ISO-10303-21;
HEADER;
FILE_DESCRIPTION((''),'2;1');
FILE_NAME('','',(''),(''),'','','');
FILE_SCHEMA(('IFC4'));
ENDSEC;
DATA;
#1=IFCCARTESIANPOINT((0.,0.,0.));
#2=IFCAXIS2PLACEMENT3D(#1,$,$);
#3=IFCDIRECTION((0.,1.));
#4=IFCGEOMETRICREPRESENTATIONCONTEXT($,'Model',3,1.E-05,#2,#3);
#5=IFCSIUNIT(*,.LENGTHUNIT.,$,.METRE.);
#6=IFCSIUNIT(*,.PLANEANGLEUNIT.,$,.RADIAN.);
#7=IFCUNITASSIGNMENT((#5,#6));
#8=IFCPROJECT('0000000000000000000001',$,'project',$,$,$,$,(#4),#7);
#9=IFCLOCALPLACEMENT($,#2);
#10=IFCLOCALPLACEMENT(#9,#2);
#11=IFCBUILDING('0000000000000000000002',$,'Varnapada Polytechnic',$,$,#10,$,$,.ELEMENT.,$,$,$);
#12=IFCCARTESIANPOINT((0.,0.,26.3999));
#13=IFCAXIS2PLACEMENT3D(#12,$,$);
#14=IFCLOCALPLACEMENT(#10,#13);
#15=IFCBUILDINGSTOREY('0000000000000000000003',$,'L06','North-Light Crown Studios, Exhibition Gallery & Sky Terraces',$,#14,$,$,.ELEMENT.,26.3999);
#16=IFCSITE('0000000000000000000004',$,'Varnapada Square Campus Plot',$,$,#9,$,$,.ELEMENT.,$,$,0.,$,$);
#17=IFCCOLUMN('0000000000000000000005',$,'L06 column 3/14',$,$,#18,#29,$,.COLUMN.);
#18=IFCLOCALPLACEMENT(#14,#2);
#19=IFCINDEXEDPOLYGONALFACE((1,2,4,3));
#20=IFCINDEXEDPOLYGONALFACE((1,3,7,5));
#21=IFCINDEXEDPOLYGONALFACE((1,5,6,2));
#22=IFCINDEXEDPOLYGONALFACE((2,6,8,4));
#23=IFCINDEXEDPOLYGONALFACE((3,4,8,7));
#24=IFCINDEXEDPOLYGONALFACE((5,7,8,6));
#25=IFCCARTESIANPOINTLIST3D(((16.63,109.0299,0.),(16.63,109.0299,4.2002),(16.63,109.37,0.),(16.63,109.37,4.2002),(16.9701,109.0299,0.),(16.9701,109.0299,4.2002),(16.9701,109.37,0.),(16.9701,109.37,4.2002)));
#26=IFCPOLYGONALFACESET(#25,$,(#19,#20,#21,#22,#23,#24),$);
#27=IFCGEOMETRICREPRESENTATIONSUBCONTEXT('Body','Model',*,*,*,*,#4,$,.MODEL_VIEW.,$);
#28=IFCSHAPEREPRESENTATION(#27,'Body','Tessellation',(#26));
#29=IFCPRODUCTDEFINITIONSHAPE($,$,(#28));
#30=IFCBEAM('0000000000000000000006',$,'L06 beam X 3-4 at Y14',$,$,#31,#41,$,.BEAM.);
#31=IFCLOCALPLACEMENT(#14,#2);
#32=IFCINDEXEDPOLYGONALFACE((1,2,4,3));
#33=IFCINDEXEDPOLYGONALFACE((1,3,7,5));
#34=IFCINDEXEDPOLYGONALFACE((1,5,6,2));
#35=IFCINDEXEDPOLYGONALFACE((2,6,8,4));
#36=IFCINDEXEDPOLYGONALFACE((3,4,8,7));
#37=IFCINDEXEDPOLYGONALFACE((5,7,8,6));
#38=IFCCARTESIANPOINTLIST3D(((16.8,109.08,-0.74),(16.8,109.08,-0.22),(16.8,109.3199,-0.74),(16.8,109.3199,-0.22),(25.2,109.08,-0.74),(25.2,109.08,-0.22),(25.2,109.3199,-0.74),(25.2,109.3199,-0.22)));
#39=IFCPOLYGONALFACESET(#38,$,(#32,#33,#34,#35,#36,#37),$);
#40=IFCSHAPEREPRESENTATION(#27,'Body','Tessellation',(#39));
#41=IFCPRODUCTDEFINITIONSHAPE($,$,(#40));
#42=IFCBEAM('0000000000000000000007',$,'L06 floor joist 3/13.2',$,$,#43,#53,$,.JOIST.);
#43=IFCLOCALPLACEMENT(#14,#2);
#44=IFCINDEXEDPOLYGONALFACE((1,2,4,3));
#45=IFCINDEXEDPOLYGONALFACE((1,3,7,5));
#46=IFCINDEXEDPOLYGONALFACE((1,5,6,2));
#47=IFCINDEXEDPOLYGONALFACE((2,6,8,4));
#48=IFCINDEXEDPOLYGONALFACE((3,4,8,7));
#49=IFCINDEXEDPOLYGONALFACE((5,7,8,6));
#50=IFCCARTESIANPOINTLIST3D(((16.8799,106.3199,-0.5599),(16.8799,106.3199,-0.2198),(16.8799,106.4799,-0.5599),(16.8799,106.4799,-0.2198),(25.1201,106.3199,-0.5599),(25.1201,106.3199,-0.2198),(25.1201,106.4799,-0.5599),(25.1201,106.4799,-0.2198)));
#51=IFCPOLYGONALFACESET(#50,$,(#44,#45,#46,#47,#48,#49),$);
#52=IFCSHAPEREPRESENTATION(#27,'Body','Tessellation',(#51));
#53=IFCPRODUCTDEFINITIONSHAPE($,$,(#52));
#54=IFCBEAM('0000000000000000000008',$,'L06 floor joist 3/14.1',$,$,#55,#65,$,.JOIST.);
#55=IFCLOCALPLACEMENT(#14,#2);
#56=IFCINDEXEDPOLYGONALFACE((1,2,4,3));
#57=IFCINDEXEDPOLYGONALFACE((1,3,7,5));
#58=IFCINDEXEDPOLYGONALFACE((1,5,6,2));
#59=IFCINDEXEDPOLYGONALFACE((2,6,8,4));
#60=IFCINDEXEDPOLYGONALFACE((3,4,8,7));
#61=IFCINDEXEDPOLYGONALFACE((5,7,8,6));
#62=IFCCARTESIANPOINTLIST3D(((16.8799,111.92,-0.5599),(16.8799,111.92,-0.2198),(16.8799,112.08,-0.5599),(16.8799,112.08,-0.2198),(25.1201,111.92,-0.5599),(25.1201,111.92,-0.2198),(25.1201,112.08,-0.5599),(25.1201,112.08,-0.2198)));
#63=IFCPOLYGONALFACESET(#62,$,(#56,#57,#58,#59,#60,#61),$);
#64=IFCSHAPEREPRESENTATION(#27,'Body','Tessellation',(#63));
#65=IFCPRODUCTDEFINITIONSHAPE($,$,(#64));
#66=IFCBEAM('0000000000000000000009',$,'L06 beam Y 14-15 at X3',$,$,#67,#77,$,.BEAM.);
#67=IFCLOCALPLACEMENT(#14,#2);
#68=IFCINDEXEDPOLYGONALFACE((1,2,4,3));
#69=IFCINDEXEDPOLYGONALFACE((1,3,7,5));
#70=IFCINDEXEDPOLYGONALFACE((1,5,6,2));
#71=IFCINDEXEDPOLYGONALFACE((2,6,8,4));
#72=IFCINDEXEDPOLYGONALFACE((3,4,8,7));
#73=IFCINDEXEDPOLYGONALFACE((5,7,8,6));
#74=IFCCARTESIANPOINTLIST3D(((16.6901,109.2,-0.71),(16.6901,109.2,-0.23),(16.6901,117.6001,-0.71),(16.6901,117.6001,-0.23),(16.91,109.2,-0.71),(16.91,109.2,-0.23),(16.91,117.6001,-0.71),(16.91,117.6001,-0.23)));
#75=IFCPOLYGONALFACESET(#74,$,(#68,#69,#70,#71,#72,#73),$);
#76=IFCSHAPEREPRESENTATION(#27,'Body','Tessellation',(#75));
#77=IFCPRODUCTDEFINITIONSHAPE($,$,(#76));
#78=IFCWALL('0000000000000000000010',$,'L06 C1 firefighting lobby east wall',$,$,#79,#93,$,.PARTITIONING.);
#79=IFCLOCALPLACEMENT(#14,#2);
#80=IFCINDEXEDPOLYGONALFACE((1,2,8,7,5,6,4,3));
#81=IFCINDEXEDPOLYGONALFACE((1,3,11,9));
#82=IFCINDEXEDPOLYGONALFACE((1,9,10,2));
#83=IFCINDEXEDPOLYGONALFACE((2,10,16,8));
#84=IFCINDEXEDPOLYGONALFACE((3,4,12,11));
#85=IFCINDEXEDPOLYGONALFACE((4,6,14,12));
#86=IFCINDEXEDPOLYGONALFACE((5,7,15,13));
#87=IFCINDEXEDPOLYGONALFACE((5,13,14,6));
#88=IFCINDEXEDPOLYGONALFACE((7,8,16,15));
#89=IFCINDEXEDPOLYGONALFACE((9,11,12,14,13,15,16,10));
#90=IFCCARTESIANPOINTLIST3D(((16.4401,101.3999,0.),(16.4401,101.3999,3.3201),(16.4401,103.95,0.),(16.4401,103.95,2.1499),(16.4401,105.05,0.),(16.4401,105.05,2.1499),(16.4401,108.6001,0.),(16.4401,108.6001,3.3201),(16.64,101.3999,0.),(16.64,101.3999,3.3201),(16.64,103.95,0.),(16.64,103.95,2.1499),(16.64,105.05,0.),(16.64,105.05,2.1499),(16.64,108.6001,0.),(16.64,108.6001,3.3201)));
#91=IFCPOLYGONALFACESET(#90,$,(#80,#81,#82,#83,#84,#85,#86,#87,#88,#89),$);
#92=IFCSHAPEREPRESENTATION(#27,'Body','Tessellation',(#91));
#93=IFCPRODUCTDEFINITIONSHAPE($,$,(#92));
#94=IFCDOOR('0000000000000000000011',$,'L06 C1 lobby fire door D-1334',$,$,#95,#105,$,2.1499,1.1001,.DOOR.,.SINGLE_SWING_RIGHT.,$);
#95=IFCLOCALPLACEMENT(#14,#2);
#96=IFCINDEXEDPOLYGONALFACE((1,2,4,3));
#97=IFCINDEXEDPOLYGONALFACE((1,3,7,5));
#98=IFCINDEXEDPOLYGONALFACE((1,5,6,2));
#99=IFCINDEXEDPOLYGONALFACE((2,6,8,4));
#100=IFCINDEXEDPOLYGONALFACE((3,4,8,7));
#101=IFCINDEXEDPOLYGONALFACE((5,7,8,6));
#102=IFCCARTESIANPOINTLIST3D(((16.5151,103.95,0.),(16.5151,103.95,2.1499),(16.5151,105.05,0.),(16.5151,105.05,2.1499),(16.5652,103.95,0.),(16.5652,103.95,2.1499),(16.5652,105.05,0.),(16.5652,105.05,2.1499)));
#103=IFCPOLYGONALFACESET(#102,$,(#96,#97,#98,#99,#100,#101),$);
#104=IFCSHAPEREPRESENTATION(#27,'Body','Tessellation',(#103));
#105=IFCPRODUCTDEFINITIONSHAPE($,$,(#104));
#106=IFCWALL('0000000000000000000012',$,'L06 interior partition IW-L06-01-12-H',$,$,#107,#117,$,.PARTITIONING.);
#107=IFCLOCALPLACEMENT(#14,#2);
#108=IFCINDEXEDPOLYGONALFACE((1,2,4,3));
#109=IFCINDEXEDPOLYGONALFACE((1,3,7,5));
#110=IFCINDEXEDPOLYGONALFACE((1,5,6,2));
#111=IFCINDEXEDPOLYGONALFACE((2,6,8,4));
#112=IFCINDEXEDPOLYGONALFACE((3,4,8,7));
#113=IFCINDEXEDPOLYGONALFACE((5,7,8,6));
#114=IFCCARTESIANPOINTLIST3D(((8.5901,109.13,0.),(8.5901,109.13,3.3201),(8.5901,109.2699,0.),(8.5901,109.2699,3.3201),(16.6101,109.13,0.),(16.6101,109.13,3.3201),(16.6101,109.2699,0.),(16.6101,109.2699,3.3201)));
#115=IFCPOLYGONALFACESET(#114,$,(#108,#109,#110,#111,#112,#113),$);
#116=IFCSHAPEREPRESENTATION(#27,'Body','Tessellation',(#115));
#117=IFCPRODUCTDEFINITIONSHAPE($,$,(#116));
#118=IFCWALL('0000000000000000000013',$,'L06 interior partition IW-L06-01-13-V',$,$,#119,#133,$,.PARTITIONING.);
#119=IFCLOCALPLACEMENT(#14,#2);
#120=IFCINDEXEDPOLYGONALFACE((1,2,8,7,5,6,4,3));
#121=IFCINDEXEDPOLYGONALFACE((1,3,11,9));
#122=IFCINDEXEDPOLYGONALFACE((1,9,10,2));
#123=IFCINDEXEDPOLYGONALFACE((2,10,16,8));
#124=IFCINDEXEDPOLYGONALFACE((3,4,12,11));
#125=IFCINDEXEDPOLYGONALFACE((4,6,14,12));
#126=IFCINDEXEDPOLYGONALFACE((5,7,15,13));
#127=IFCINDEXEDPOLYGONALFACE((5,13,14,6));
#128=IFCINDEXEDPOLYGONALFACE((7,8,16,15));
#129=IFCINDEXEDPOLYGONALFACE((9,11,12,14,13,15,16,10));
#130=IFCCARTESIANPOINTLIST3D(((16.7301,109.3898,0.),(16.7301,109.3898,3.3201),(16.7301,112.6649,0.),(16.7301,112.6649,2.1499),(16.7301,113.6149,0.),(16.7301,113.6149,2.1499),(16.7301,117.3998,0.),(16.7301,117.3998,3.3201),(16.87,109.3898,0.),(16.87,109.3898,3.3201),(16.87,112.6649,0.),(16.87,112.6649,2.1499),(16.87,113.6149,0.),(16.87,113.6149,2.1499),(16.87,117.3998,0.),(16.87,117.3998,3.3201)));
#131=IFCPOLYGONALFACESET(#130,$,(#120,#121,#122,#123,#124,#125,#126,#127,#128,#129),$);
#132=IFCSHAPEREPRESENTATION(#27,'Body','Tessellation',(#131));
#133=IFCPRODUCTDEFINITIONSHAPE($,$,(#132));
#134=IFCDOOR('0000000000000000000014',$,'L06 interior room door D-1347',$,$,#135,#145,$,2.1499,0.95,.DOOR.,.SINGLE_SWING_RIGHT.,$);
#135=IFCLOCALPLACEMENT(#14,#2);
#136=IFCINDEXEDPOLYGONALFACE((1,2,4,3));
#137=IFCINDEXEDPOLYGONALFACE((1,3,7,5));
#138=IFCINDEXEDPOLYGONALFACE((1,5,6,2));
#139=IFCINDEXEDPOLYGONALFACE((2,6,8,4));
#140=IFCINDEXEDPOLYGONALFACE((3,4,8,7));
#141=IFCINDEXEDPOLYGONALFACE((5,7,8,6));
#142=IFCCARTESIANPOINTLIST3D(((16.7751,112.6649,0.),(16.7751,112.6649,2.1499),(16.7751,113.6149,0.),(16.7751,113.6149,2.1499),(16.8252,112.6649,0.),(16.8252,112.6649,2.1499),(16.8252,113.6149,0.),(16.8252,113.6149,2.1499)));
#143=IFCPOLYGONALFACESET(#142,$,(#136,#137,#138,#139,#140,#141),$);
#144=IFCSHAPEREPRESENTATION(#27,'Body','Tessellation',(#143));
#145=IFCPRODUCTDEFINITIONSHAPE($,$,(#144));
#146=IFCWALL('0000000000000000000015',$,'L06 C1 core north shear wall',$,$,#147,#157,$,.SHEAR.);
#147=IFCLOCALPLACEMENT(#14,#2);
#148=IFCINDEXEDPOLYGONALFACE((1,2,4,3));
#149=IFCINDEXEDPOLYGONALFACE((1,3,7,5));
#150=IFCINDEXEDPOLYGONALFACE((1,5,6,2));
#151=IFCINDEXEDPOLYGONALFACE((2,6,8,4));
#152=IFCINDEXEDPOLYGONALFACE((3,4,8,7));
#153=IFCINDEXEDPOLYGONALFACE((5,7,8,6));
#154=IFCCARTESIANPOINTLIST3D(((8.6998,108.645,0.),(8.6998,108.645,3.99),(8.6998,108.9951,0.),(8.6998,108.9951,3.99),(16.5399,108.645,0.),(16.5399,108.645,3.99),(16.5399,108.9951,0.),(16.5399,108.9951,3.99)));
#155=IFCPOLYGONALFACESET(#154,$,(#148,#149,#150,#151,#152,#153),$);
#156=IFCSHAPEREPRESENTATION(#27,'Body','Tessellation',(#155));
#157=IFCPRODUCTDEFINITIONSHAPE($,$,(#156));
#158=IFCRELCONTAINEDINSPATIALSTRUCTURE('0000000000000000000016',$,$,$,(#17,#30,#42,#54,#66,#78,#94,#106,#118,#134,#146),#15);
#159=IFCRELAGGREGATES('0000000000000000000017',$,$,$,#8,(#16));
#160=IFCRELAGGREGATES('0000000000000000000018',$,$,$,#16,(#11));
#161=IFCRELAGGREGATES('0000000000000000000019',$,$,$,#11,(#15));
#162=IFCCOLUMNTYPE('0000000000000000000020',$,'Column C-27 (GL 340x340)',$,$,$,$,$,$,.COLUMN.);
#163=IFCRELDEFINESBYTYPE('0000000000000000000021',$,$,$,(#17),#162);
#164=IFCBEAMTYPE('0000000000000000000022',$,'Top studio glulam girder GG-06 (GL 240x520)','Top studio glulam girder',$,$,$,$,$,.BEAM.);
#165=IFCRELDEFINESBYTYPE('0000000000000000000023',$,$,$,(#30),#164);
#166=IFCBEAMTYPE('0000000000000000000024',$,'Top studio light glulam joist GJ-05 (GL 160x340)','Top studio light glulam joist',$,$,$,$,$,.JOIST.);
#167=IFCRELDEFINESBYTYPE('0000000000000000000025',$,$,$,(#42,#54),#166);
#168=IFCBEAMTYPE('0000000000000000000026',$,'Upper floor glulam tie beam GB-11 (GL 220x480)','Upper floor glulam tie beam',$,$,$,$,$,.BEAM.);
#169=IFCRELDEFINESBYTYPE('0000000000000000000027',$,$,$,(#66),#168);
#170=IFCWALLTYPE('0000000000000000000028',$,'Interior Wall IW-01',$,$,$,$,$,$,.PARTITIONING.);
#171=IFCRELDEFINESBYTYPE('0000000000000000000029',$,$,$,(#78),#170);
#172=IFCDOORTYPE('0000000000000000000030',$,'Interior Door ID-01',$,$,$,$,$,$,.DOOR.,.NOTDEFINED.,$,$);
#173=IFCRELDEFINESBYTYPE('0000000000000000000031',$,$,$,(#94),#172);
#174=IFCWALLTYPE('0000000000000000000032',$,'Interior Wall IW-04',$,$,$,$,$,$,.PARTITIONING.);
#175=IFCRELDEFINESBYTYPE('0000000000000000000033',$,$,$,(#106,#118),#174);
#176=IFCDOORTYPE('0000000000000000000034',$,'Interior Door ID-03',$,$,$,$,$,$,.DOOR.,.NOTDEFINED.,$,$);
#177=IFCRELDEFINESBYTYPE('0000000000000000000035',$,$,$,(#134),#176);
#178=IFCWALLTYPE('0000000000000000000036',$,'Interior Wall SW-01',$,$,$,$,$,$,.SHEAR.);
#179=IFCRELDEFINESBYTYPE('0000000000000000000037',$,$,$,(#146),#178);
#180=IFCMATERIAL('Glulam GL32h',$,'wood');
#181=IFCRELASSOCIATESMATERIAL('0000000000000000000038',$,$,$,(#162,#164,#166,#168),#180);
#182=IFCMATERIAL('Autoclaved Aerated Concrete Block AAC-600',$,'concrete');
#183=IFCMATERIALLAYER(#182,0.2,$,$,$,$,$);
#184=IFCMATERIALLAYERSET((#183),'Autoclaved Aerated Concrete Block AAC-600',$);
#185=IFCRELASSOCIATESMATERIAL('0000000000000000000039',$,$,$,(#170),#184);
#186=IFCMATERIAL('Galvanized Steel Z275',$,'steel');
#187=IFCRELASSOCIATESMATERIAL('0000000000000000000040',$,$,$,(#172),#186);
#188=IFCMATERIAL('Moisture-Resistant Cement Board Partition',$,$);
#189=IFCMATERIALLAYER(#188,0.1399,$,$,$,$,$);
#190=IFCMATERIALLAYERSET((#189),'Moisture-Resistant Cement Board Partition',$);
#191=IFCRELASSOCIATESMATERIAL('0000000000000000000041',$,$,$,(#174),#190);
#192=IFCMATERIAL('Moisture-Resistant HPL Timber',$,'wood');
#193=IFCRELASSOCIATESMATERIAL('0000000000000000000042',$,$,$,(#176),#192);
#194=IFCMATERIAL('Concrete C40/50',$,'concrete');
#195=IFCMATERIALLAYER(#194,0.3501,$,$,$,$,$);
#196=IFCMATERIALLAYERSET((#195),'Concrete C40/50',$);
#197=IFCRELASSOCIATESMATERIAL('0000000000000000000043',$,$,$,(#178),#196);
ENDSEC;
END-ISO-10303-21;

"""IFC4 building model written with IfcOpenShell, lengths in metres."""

from ifc_helpers import new_model, si_unit, direction, frame, frame_2d, origin, origin_2d, place, context, subcontext, project, spatial, rectangle, extrude, material, layer, layer_set, material_profile, profile_set, type_object, element, fill, save


model = new_model("IFC4")

# Units and contexts
model_context = context("Model", 3, precision=1e-05, world=origin(), true_north=direction((0.0, 1.0)))
body_context = subcontext(model_context, "Body", "Model", "MODEL_VIEW")
ifc_project = project(units=[si_unit("LENGTHUNIT", "METRE"), si_unit("PLANEANGLEUNIT", "RADIAN")], contexts=[model_context])

# Site, building, storey
site_placement = place(None, origin())
site = spatial("IfcSite", under=ifc_project, at=site_placement, Name="Varnapada Square Campus Plot", CompositionType="ELEMENT", RefElevation=0.0)
building_placement = place(site_placement, origin())
building = spatial("IfcBuilding", under=site, at=building_placement, Name="Varnapada Polytechnic", CompositionType="ELEMENT")
storey_placement = place(building_placement, frame((0.0, 0.0, 26.3999)))
storey = spatial("IfcBuildingStorey", under=building, at=storey_placement, Name="L06", Description="North-Light Crown Studios, Exhibition Gallery & Sky Terraces", CompositionType="ELEMENT", Elevation=26.3999)

# Column
ifc_material_1 = material(Name="Glulam GL32h", Category="wood")
ifc_material_profile_1 = material_profile(ifc_material_1, rectangle(XDim=0.3401, YDim=0.3401, at=origin_2d()), Name="GL 340x340")
ifc_profile_set_1 = profile_set([ifc_material_profile_1], Name="Glulam GL32h")
column_type = type_object("IfcColumnType", Name="Column C-27 (GL 340x340)", PredefinedType="COLUMN", material=ifc_profile_set_1)
column_placement = place(storey_placement, frame((16.8, 109.2, 0.0), z_axis=(0.0, 0.0, 1.0), x_axis=(1.0, 0.0, 0.0)))
element("IfcColumn", 1, at=column_placement, inside=storey, type_object=column_type, Name="L06 column 3/14", PredefinedType="COLUMN", context=body_context, shape_type="SweptSolid", body=[
    extrude(rectangle(XDim=0.3401, YDim=0.3401, at=origin_2d()), origin(), (0.0, 0.0, 1.0), 4.2002),
])

# Beams
ifc_material_profile_2 = material_profile(ifc_material_1, rectangle(XDim=0.24, YDim=0.52, at=origin_2d()), Name="GL 240x520")
ifc_profile_set_2 = profile_set([ifc_material_profile_2], Name="Glulam GL32h")
beam_type_1 = type_object("IfcBeamType", Name="Top studio glulam girder GG-06 (GL 240x520)", Description="Top studio glulam girder", PredefinedType="BEAM", material=ifc_profile_set_2)
beam_1_placement = place(storey_placement, frame((16.8, 109.2, -0.48), z_axis=(1.0, 0.0, 0.0), x_axis=(0.0, 1.0, 0.0)))
element("IfcBeam", 2, at=beam_1_placement, inside=storey, type_object=beam_type_1, Name="L06 beam X 3-4 at Y14", PredefinedType="BEAM", context=body_context, shape_type="SweptSolid", body=[
    extrude(rectangle(XDim=0.24, YDim=0.52, at=origin_2d()), origin(), (0.0, 0.0, 1.0), 8.3999),
])
ifc_material_profile_3 = material_profile(ifc_material_1, rectangle(XDim=0.1599, YDim=0.3401, at=origin_2d()), Name="GL 160x340")
ifc_profile_set_3 = profile_set([ifc_material_profile_3], Name="Glulam GL32h")
beam_type_2 = type_object("IfcBeamType", Name="Top studio light glulam joist GJ-05 (GL 160x340)", Description="Top studio light glulam joist", PredefinedType="JOIST", material=ifc_profile_set_3)
for number, where, z_axis, x_axis, name in (
    (3, (16.8799, 106.3999, -0.3899), (1.0, 0.0, 0.0), (0.0, 1.0, 0.0), "L06 floor joist 3/13.2"),
    (4, (16.8799, 112.0, -0.3899), (1.0, 0.0, 0.0), (0.0, 1.0, 0.0), "L06 floor joist 3/14.1"),
):
    element("IfcBeam", number, at=place(storey_placement, frame(where, z_axis=z_axis, x_axis=x_axis)), inside=storey, type_object=beam_type_2, Name=name, PredefinedType="JOIST", context=body_context, shape_type="SweptSolid", body=[
        extrude(rectangle(XDim=0.1599, YDim=0.3401, at=origin_2d()), origin(), (0.0, 0.0, 1.0), 8.2402),
    ])
ifc_material_profile_4 = material_profile(ifc_material_1, rectangle(XDim=0.22, YDim=0.48, at=origin_2d()), Name="GL 220x480")
ifc_profile_set_4 = profile_set([ifc_material_profile_4], Name="Glulam GL32h")
beam_type_3 = type_object("IfcBeamType", Name="Upper floor glulam tie beam GB-11 (GL 220x480)", Description="Upper floor glulam tie beam", PredefinedType="BEAM", material=ifc_profile_set_4)
beam_2_placement = place(storey_placement, frame((16.8, 109.2, -0.47), z_axis=(0.0, 1.0, 0.0), x_axis=(-1.0, 0.0, 0.0)))
element("IfcBeam", 5, at=beam_2_placement, inside=storey, type_object=beam_type_3, Name="L06 beam Y 14-15 at X3", PredefinedType="BEAM", context=body_context, shape_type="SweptSolid", body=[
    extrude(rectangle(XDim=0.22, YDim=0.48, at=origin_2d()), origin(), (0.0, 0.0, 1.0), 8.4001),
])

# Wall, opening, door
ifc_material_2 = material(Name="Autoclaved Aerated Concrete Block AAC-600", Category="concrete")
ifc_layer_1 = layer(ifc_material_2, 0.2)
ifc_layer_set_1 = layer_set([ifc_layer_1], Name="Autoclaved Aerated Concrete Block AAC-600")
wall_type_1 = type_object("IfcWallType", Name="Interior Wall IW-01", PredefinedType="PARTITIONING", material=ifc_layer_set_1)
wall_1_placement = place(storey_placement, frame((16.54, 108.6001, 0.0), z_axis=(0.0, 0.0, 1.0), x_axis=(0.0, -1.0, 0.0)))
wall_1 = element("IfcWall", 6, at=wall_1_placement, inside=storey, type_object=wall_type_1, Name="L06 C1 firefighting lobby east wall", PredefinedType="PARTITIONING", context=body_context, shape_type="SweptSolid", body=[
    extrude(rectangle(XDim=7.2002, YDim=0.2, at=frame_2d((3.6001, 0.0))), origin(), (0.0, 0.0, 1.0), 3.3201),
])
opening_1_placement = place(wall_1_placement, frame((3.55, 0.0, 0.0)))
opening_1 = element("IfcOpeningElement", 7, at=opening_1_placement, cuts=wall_1, PredefinedType="OPENING", context=body_context, shape_type="SweptSolid", body=[
    extrude(rectangle(XDim=1.1001, YDim=2.1499, at=frame_2d((0.55, 1.075))), frame((0.0, 0.1099, 0.0), z_axis=(0.0, -1.0, 0.0), x_axis=(1.0, 0.0, 0.0)), (0.0, 0.0, 1.0), 0.22),
])
ifc_material_3 = material(Name="Galvanized Steel Z275", Category="steel")
door_type_1 = type_object("IfcDoorType", Name="Interior Door ID-01", OperationType="NOTDEFINED", PredefinedType="DOOR", material=ifc_material_3)
door_1_placement = place(opening_1_placement, frame((1.1001, 0.0, 0.0), z_axis=(0.0, 0.0, 1.0), x_axis=(-1.0, 0.0, 0.0)))
door_1 = element("IfcDoor", 8, at=door_1_placement, inside=storey, type_object=door_type_1, Name="L06 C1 lobby fire door D-1334", OperationType="SINGLE_SWING_RIGHT", OverallHeight=2.1499, OverallWidth=1.1001, PredefinedType="DOOR", context=body_context, shape_type="SweptSolid", body=[
    extrude(rectangle(XDim=1.1001, YDim=2.1499, at=frame_2d((0.55, 1.075))), frame((0.0, 0.0249, 0.0), z_axis=(0.0, -1.0, 0.0), x_axis=(1.0, 0.0, 0.0)), (0.0, 0.0, 1.0), 0.05),
])
fill(opening_1, door_1)

# Wall
ifc_material_4 = material(Name="Moisture-Resistant Cement Board Partition")
ifc_layer_2 = layer(ifc_material_4, 0.1399)
ifc_layer_set_2 = layer_set([ifc_layer_2], Name="Moisture-Resistant Cement Board Partition")
wall_type_2 = type_object("IfcWallType", Name="Interior Wall IW-04", PredefinedType="PARTITIONING", material=ifc_layer_set_2)
wall_2_placement = place(storey_placement, frame((8.5901, 109.2, 0.0), z_axis=(0.0, 0.0, 1.0), x_axis=(1.0, 0.0, 0.0)))
element("IfcWall", 9, at=wall_2_placement, inside=storey, type_object=wall_type_2, Name="L06 interior partition IW-L06-01-12-H", PredefinedType="PARTITIONING", context=body_context, shape_type="SweptSolid", body=[
    extrude(rectangle(XDim=8.02, YDim=0.1399, at=frame_2d((4.01, 0.0))), origin(), (0.0, 0.0, 1.0), 3.3201),
])

# Wall, opening, door
wall_3_placement = place(storey_placement, frame((16.8, 109.3899, 0.0), z_axis=(0.0, 0.0, 1.0), x_axis=(0.0, 1.0, 0.0)))
wall_3 = element("IfcWall", 10, at=wall_3_placement, inside=storey, type_object=wall_type_2, Name="L06 interior partition IW-L06-01-13-V", PredefinedType="PARTITIONING", context=body_context, shape_type="SweptSolid", body=[
    extrude(rectangle(XDim=8.01, YDim=0.1399, at=frame_2d((4.0049, 0.0))), origin(), (0.0, 0.0, 1.0), 3.3201),
])
opening_2_placement = place(wall_3_placement, frame((3.2749, 0.0, 0.0)))
opening_2 = element("IfcOpeningElement", 11, at=opening_2_placement, cuts=wall_3, PredefinedType="OPENING", context=body_context, shape_type="SweptSolid", body=[
    extrude(rectangle(XDim=0.95, YDim=2.1499, at=frame_2d((0.4751, 1.075))), frame((0.0, 0.0798, 0.0), z_axis=(0.0, -1.0, 0.0), x_axis=(1.0, 0.0, 0.0)), (0.0, 0.0, 1.0), 0.1599),
])
ifc_material_5 = material(Name="Moisture-Resistant HPL Timber", Category="wood")
door_type_2 = type_object("IfcDoorType", Name="Interior Door ID-03", OperationType="NOTDEFINED", PredefinedType="DOOR", material=ifc_material_5)
door_2_placement = place(opening_2_placement, origin())
door_2 = element("IfcDoor", 12, at=door_2_placement, inside=storey, type_object=door_type_2, Name="L06 interior room door D-1347", OperationType="SINGLE_SWING_RIGHT", OverallHeight=2.1499, OverallWidth=0.95, PredefinedType="DOOR", context=body_context, shape_type="SweptSolid", body=[
    extrude(rectangle(XDim=0.95, YDim=2.1499, at=frame_2d((0.4751, 1.075))), frame((0.0, 0.0249, 0.0), z_axis=(0.0, -1.0, 0.0), x_axis=(1.0, 0.0, 0.0)), (0.0, 0.0, 1.0), 0.05),
])
fill(opening_2, door_2)

# Wall
ifc_material_6 = material(Name="Concrete C40/50", Category="concrete")
ifc_layer_3 = layer(ifc_material_6, 0.3501)
ifc_layer_set_3 = layer_set([ifc_layer_3], Name="Concrete C40/50")
wall_type_3 = type_object("IfcWallType", Name="Interior Wall SW-01", PredefinedType="SHEAR", material=ifc_layer_set_3)
wall_4_placement = place(storey_placement, frame((8.7, 108.8201, 0.0), z_axis=(0.0, 0.0, 1.0), x_axis=(1.0, 0.0, 0.0)))
element("IfcWall", 13, at=wall_4_placement, inside=storey, type_object=wall_type_3, Name="L06 C1 core north shear wall", PredefinedType="SHEAR", context=body_context, shape_type="SweptSolid", body=[
    extrude(rectangle(XDim=7.8401, YDim=0.3501, at=frame_2d((3.9199, 0.0))), origin(), (0.0, 0.0, 1.0), 3.99),
])

save(model, "model.ifc")
